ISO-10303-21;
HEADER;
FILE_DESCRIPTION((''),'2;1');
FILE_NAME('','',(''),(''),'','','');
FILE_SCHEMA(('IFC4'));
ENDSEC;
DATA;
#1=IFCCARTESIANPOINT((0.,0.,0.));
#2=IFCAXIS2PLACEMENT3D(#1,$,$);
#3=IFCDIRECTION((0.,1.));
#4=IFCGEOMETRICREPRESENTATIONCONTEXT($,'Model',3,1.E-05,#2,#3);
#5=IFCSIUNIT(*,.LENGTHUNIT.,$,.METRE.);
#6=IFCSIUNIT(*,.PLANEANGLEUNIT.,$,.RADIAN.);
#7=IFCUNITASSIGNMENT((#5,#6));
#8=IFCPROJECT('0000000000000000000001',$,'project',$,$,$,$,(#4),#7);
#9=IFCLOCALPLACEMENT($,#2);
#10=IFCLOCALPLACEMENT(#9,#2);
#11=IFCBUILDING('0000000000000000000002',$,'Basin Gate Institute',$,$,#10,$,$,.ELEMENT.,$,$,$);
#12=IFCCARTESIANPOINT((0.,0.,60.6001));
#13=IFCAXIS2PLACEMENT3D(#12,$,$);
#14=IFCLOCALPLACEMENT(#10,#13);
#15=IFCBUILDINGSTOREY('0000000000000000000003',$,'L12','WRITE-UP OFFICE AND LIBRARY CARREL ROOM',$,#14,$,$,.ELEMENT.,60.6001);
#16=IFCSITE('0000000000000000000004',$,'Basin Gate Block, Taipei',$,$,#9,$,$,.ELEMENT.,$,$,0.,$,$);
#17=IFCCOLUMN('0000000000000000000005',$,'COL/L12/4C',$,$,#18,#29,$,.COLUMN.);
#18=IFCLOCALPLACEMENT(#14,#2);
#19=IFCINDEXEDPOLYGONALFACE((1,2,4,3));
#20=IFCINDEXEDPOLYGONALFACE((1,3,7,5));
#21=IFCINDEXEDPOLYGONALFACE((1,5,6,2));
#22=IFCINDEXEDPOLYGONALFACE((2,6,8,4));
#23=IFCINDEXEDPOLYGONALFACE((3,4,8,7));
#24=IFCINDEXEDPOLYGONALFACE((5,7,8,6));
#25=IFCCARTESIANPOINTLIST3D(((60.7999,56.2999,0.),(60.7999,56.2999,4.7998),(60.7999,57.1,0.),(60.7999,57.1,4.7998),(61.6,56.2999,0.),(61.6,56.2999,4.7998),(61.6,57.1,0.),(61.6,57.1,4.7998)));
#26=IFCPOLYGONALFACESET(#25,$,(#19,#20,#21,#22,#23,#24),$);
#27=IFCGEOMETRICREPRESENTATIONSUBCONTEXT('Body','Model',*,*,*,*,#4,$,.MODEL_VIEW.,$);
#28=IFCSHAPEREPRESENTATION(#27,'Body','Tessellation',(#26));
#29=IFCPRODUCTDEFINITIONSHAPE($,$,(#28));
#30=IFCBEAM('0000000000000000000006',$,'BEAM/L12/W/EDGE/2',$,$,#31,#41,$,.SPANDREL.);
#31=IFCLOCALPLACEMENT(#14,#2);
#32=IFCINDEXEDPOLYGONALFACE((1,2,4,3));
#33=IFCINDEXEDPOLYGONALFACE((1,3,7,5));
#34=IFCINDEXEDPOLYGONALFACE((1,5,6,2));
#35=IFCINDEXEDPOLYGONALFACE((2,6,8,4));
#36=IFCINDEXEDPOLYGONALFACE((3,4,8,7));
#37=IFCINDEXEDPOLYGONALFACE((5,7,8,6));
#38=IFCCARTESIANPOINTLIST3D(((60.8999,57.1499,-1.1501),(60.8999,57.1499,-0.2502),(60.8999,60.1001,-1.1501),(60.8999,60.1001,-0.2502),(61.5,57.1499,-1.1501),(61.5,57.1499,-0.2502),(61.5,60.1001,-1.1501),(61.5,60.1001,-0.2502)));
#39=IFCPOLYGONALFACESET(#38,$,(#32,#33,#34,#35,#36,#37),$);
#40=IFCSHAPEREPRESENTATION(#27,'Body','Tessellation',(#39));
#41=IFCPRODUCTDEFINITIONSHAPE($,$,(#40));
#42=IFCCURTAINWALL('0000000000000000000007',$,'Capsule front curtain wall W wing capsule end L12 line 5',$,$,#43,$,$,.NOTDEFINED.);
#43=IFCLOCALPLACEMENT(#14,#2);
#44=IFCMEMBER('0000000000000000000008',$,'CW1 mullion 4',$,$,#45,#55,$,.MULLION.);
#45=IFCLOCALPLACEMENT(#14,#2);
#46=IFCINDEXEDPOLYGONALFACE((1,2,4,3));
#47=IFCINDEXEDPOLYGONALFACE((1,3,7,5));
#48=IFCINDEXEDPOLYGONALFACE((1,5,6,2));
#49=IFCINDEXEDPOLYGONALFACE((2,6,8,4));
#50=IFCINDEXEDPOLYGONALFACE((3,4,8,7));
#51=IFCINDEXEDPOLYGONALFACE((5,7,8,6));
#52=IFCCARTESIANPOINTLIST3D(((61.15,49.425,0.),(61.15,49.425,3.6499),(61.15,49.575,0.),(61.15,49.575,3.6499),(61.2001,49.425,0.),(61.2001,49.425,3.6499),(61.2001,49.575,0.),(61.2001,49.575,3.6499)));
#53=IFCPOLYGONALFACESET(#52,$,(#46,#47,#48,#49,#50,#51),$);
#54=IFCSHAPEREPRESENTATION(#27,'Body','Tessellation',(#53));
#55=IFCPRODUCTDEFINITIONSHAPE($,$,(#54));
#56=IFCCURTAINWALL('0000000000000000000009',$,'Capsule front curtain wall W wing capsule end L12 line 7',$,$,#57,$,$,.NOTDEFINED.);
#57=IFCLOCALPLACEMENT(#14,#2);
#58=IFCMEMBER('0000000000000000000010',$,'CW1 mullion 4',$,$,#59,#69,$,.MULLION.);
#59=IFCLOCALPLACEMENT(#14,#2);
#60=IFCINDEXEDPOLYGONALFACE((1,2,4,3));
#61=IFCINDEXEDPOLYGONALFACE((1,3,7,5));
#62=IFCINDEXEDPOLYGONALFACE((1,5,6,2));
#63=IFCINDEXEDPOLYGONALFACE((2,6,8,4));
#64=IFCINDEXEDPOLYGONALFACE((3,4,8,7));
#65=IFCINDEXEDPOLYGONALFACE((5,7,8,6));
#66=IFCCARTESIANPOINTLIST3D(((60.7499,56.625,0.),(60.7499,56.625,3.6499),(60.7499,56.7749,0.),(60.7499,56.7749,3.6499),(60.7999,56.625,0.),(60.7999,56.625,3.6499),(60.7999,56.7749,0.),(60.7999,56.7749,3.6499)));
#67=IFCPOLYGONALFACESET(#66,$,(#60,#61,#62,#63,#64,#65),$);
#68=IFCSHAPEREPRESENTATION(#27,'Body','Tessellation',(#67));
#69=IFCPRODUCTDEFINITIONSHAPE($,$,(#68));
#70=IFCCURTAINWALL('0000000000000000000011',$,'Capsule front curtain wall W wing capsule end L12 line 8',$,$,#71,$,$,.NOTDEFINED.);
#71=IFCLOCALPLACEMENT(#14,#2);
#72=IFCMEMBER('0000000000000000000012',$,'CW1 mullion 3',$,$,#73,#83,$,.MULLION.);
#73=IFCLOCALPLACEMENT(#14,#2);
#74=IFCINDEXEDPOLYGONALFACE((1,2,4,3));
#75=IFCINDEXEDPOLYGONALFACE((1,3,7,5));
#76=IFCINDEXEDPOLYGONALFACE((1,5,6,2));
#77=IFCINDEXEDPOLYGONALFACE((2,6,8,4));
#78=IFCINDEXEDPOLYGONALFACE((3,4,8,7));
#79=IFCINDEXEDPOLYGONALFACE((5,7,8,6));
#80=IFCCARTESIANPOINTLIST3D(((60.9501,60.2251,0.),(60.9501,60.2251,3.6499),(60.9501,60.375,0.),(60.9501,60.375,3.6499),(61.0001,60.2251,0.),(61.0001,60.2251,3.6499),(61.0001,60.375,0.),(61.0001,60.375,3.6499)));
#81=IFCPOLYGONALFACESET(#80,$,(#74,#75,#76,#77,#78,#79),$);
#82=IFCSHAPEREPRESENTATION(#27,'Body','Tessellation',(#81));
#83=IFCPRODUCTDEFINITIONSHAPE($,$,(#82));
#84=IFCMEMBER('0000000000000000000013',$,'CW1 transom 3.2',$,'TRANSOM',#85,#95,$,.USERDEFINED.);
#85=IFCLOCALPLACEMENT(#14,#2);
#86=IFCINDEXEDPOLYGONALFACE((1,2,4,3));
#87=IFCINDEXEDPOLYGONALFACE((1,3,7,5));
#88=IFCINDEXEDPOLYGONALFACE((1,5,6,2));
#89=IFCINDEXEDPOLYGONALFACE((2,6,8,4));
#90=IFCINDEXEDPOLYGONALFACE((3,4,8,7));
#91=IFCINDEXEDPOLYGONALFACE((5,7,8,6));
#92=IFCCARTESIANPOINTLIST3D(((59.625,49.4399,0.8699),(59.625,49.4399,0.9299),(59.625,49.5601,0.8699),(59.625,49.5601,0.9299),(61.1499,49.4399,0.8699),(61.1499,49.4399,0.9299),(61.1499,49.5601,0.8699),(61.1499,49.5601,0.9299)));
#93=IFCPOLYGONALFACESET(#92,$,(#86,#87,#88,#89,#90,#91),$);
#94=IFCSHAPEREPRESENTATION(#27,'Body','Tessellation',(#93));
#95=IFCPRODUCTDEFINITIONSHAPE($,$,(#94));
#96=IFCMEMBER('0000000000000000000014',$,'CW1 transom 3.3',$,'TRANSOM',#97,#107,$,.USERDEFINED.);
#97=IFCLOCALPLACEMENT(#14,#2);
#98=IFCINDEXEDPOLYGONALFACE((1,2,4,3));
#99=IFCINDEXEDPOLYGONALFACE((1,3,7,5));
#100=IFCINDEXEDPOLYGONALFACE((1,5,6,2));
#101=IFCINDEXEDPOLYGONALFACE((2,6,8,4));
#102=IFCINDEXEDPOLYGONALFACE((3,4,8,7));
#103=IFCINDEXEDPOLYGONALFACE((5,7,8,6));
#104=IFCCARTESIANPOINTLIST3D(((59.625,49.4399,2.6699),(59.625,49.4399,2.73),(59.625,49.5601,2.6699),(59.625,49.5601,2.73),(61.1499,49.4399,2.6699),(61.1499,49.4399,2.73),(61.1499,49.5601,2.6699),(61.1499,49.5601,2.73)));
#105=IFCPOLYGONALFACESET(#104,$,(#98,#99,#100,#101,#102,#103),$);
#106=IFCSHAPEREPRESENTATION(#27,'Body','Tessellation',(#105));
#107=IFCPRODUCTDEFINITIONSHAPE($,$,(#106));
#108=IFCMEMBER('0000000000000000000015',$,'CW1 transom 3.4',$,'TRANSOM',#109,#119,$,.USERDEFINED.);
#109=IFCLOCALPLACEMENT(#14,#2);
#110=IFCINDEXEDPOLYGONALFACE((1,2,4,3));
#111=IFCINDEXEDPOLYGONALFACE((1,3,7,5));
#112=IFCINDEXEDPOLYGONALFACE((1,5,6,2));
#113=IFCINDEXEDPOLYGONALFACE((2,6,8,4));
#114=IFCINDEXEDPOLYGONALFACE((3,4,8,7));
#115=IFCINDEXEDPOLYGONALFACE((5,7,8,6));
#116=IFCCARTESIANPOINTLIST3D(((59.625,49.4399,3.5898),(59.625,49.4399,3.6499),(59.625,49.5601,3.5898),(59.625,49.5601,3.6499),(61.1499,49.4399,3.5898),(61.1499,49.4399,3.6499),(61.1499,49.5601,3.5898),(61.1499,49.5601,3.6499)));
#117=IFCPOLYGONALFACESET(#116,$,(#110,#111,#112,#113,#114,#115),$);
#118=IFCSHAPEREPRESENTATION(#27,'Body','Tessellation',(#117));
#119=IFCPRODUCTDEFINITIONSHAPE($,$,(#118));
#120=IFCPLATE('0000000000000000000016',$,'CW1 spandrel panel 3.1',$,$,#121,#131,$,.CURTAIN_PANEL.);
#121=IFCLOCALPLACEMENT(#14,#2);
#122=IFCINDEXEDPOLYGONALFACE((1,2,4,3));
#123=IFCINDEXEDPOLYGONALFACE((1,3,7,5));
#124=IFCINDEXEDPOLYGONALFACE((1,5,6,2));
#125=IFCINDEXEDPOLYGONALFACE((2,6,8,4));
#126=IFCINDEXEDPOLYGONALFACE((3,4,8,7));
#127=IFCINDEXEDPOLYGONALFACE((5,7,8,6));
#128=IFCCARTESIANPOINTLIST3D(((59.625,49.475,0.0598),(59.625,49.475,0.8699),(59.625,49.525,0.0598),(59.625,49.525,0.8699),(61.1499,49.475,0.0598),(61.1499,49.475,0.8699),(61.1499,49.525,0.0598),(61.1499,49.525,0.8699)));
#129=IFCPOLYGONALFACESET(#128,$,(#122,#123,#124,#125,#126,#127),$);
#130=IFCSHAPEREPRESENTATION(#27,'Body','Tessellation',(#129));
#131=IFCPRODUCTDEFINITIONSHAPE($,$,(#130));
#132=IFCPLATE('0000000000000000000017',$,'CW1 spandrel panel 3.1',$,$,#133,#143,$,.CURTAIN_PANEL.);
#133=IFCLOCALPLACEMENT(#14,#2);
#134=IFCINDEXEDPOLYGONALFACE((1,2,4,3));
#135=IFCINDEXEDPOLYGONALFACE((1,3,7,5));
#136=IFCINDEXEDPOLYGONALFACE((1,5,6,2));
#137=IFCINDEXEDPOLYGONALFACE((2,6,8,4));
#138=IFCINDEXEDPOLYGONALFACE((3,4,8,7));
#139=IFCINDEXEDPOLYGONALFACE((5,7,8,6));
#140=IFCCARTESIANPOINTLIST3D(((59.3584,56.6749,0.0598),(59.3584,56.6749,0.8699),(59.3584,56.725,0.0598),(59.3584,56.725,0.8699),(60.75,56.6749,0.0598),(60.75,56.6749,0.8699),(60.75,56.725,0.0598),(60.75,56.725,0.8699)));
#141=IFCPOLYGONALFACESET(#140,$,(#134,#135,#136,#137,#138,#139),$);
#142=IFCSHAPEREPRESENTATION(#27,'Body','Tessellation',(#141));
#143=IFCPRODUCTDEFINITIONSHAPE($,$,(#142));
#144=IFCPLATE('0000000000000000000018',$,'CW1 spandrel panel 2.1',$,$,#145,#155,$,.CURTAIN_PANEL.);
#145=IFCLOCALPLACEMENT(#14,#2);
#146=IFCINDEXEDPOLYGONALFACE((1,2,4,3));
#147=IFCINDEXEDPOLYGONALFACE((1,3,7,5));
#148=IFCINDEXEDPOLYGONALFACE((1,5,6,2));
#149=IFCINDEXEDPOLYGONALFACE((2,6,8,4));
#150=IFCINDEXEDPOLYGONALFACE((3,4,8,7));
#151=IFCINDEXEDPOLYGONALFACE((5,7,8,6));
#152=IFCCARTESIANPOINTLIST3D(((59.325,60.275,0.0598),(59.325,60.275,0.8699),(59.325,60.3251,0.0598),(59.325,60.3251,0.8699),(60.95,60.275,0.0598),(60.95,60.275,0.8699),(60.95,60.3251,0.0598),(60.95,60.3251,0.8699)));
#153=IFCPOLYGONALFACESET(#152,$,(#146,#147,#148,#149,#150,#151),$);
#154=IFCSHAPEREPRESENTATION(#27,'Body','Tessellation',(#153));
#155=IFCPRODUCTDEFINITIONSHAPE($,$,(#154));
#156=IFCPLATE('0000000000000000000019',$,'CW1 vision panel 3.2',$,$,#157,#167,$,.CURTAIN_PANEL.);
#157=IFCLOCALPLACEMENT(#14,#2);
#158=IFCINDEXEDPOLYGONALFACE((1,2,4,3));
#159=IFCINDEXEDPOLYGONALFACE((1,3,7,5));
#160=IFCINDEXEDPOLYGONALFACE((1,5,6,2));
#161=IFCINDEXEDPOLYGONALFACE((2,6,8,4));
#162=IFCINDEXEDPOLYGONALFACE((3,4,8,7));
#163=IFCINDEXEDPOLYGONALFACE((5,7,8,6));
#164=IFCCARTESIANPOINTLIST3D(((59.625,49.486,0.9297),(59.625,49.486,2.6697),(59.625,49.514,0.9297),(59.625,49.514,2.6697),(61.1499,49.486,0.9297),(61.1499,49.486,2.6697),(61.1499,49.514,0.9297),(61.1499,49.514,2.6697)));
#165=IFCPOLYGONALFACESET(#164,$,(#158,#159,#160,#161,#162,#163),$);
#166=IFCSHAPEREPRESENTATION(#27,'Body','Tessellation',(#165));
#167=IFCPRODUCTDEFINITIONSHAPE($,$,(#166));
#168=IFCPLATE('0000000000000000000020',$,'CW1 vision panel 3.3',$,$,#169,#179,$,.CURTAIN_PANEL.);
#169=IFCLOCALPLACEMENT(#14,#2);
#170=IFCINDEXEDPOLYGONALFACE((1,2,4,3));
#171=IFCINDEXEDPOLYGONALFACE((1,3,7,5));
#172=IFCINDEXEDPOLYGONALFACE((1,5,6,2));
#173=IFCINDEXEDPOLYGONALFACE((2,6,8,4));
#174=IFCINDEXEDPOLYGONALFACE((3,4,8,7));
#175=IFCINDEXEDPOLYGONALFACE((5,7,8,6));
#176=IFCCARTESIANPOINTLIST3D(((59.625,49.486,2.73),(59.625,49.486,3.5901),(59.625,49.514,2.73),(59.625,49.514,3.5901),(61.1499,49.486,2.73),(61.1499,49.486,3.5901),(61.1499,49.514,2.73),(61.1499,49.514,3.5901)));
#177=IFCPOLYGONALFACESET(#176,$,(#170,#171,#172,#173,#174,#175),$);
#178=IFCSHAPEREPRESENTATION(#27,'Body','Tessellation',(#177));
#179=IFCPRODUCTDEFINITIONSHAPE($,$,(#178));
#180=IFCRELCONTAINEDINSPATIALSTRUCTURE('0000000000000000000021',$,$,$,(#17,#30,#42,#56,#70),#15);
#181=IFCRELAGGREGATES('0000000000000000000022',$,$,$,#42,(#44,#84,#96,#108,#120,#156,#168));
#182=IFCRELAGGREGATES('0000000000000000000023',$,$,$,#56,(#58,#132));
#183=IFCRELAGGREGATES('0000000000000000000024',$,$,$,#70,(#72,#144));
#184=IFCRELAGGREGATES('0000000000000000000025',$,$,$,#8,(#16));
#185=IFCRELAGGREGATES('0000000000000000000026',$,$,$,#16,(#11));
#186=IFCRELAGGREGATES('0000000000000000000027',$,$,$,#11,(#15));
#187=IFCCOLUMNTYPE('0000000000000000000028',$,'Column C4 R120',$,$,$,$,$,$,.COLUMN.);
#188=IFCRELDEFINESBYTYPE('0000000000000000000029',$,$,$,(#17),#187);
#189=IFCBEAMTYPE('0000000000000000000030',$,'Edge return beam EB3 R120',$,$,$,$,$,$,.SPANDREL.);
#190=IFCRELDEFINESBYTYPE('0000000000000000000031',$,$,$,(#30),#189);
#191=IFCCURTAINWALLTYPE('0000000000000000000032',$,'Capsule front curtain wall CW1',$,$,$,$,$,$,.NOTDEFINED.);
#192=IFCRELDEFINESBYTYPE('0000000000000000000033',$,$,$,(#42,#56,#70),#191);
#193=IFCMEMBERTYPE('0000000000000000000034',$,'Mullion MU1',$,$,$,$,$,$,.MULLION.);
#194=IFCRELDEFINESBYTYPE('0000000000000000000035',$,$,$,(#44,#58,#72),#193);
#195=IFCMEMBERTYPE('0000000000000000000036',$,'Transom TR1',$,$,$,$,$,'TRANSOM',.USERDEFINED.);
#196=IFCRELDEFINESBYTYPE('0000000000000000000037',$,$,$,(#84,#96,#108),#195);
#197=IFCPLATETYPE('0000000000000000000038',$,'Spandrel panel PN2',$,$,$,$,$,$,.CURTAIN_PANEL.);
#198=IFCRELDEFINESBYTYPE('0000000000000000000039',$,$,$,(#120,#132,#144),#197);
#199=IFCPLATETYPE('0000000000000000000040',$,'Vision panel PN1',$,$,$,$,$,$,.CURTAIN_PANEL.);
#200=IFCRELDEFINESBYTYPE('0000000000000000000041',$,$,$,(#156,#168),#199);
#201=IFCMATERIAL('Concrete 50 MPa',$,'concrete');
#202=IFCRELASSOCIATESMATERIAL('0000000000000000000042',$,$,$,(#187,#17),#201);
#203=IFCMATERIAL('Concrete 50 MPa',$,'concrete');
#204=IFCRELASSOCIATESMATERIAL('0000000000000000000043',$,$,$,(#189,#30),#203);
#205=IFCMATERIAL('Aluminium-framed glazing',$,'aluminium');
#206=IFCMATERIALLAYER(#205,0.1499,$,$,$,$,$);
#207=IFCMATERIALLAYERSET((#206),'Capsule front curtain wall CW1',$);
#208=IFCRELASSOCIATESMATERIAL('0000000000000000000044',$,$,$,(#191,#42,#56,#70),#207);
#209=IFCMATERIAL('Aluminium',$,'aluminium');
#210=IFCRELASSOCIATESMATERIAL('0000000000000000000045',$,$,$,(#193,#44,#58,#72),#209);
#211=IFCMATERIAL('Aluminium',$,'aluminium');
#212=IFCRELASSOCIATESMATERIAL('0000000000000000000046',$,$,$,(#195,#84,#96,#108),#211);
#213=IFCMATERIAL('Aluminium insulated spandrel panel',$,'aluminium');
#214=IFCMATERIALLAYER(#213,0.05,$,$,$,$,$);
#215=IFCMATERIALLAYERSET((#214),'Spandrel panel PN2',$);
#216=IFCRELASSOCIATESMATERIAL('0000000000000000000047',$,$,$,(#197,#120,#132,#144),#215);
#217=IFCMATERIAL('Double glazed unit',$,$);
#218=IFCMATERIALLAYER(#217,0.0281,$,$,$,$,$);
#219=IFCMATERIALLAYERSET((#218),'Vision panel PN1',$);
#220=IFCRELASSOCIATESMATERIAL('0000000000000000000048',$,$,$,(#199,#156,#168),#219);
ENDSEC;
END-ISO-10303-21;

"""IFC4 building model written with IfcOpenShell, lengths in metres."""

from ifc_helpers import new_model, si_unit, direction, frame, origin, origin_2d, place, context, subcontext, project, spatial, rectangle, extrude, material, layer, layer_set, material_profile, profile_set, type_object, element, aggregate, save


model = new_model("IFC4")

# Units and contexts
model_context = context("Model", 3, precision=1e-05, world=origin(), true_north=direction((0.0, 1.0)))
body_context = subcontext(model_context, "Body", "Model", "MODEL_VIEW")
ifc_project = project(units=[si_unit("LENGTHUNIT", "METRE"), si_unit("PLANEANGLEUNIT", "RADIAN")], contexts=[model_context])

# Site, building, storey
site_placement = place(None, origin())
site = spatial("IfcSite", under=ifc_project, at=site_placement, Name="Basin Gate Block, Taipei", CompositionType="ELEMENT", RefElevation=0.0)
building_placement = place(site_placement, origin())
building = spatial("IfcBuilding", under=site, at=building_placement, Name="Basin Gate Institute", CompositionType="ELEMENT")
storey_placement = place(building_placement, frame((0.0, 0.0, 60.6001)))
storey = spatial("IfcBuildingStorey", under=building, at=storey_placement, Name="L12", Description="WRITE-UP OFFICE AND LIBRARY CARREL ROOM", CompositionType="ELEMENT", Elevation=60.6001)

# Column
ifc_material_1 = material(Name="Concrete 50 MPa", Category="concrete")
ifc_material_profile_1 = material_profile(ifc_material_1, rectangle(XDim=0.8, YDim=0.8, at=origin_2d()), Name="Column C4 800 x 800")
ifc_profile_set_1 = profile_set([ifc_material_profile_1], Name="Concrete 50 MPa")
column_type = type_object("IfcColumnType", Name="Column C4 R120", PredefinedType="COLUMN", material=ifc_profile_set_1)
column_placement = place(storey_placement, frame((61.2, 56.7, 0.0), z_axis=(0.0, 0.0, 1.0), x_axis=(1.0, 0.0, 0.0)))
element("IfcColumn", 1, at=column_placement, inside=storey, type_object=column_type, material=ifc_profile_set_1, Name="COL/L12/4C", PredefinedType="COLUMN", context=body_context, shape_type="SweptSolid", body=[
    extrude(rectangle(XDim=0.8, YDim=0.8, at=origin_2d()), origin(), (0.0, 0.0, 1.0), 4.7998),
])

# Beam
ifc_material_2 = material(Name="Concrete 50 MPa", Category="concrete")
ifc_material_profile_2 = material_profile(ifc_material_2, rectangle(XDim=0.6001, YDim=0.8999, at=origin_2d()), Name="Edge return beam EB3 600 x 900")
ifc_profile_set_2 = profile_set([ifc_material_profile_2], Name="Concrete 50 MPa")
beam_type = type_object("IfcBeamType", Name="Edge return beam EB3 R120", PredefinedType="SPANDREL", material=ifc_profile_set_2)
beam_placement = place(storey_placement, frame((61.2, 57.1499, -0.7002), z_axis=(0.0, 1.0, 0.0), x_axis=(-1.0, 0.0, 0.0)))
element("IfcBeam", 2, at=beam_placement, inside=storey, type_object=beam_type, material=ifc_profile_set_2, Name="BEAM/L12/W/EDGE/2", PredefinedType="SPANDREL", context=body_context, shape_type="SweptSolid", body=[
    extrude(rectangle(XDim=0.6001, YDim=0.8999, at=origin_2d()), origin(), (0.0, 0.0, 1.0), 2.9502),
])

# Curtain walls, members
ifc_material_3 = material(Name="Aluminium-framed glazing", Category="aluminium")
ifc_layer_1 = layer(ifc_material_3, 0.1499)
ifc_layer_set_1 = layer_set([ifc_layer_1], Name="Capsule front curtain wall CW1")
curtain_wall_type = type_object("IfcCurtainWallType", Name="Capsule front curtain wall CW1", PredefinedType="NOTDEFINED", material=ifc_layer_set_1)
curtain_wall_1_placement = place(storey_placement, origin())
curtain_wall_1 = element("IfcCurtainWall", 3, at=curtain_wall_1_placement, inside=storey, type_object=curtain_wall_type, material=ifc_layer_set_1, Name="Capsule front curtain wall W wing capsule end L12 line 5", PredefinedType="NOTDEFINED")
ifc_material_4 = material(Name="Aluminium", Category="aluminium")
ifc_material_profile_3 = material_profile(ifc_material_4, rectangle(XDim=0.1499, YDim=0.05, at=origin_2d()), Name="Mullion MU1 150 x 50")
ifc_profile_set_3 = profile_set([ifc_material_profile_3], Name="Aluminium")
member_type_1 = type_object("IfcMemberType", Name="Mullion MU1", PredefinedType="MULLION", material=ifc_profile_set_3)
member_1_placement = place(storey_placement, frame((61.175, 49.5, 0.0), z_axis=(0.0, 0.0, 1.0), x_axis=(0.0, 1.0, 0.0)))
member_1 = element("IfcMember", 4, at=member_1_placement, type_object=member_type_1, material=ifc_profile_set_3, Name="CW1 mullion 4", PredefinedType="MULLION", context=body_context, shape_type="SweptSolid", body=[
    extrude(rectangle(XDim=0.1499, YDim=0.05, at=origin_2d()), origin(), (0.0, 0.0, 1.0), 3.6499),
])
curtain_wall_2_placement = place(storey_placement, origin())
curtain_wall_2 = element("IfcCurtainWall", 5, at=curtain_wall_2_placement, inside=storey, type_object=curtain_wall_type, material=ifc_layer_set_1, Name="Capsule front curtain wall W wing capsule end L12 line 7", PredefinedType="NOTDEFINED")
member_2_placement = place(storey_placement, frame((60.7749, 56.7, 0.0), z_axis=(0.0, 0.0, 1.0), x_axis=(0.0, 1.0, 0.0)))
member_2 = element("IfcMember", 6, at=member_2_placement, type_object=member_type_1, material=ifc_profile_set_3, Name="CW1 mullion 4", PredefinedType="MULLION", context=body_context, shape_type="SweptSolid", body=[
    extrude(rectangle(XDim=0.1499, YDim=0.05, at=origin_2d()), origin(), (0.0, 0.0, 1.0), 3.6499),
])
curtain_wall_3_placement = place(storey_placement, origin())
curtain_wall_3 = element("IfcCurtainWall", 7, at=curtain_wall_3_placement, inside=storey, type_object=curtain_wall_type, material=ifc_layer_set_1, Name="Capsule front curtain wall W wing capsule end L12 line 8", PredefinedType="NOTDEFINED")
member_3_placement = place(storey_placement, frame((60.9751, 60.3, 0.0), z_axis=(0.0, 0.0, 1.0), x_axis=(0.0, 1.0, 0.0)))
member_3 = element("IfcMember", 8, at=member_3_placement, type_object=member_type_1, material=ifc_profile_set_3, Name="CW1 mullion 3", PredefinedType="MULLION", context=body_context, shape_type="SweptSolid", body=[
    extrude(rectangle(XDim=0.1499, YDim=0.05, at=origin_2d()), origin(), (0.0, 0.0, 1.0), 3.6499),
])

# Members
ifc_material_5 = material(Name="Aluminium", Category="aluminium")
ifc_material_profile_4 = material_profile(ifc_material_5, rectangle(XDim=0.1201, YDim=0.0601, at=origin_2d()), Name="Transom TR1 120 x 60")
ifc_profile_set_4 = profile_set([ifc_material_profile_4], Name="Aluminium")
member_type_2 = type_object("IfcMemberType", Name="Transom TR1", ElementType="TRANSOM", PredefinedType="USERDEFINED", material=ifc_profile_set_4)
member_4_placement = place(storey_placement, frame((59.625, 49.5, 0.8999), z_axis=(1.0, 0.0, 0.0), x_axis=(0.0, 1.0, 0.0)))
member_4 = element("IfcMember", 9, at=member_4_placement, type_object=member_type_2, material=ifc_profile_set_4, Name="CW1 transom 3.2", ObjectType="TRANSOM", PredefinedType="USERDEFINED", context=body_context, shape_type="SweptSolid", body=[
    extrude(rectangle(XDim=0.1201, YDim=0.0601, at=origin_2d()), origin(), (0.0, 0.0, 1.0), 1.5249),
])
member_5_placement = place(storey_placement, frame((59.625, 49.5, 2.7), z_axis=(1.0, 0.0, 0.0), x_axis=(0.0, 1.0, 0.0)))
member_5 = element("IfcMember", 10, at=member_5_placement, type_object=member_type_2, material=ifc_profile_set_4, Name="CW1 transom 3.3", ObjectType="TRANSOM", PredefinedType="USERDEFINED", context=body_context, shape_type="SweptSolid", body=[
    extrude(rectangle(XDim=0.1201, YDim=0.0601, at=origin_2d()), origin(), (0.0, 0.0, 1.0), 1.5249),
])
member_6_placement = place(storey_placement, frame((59.625, 49.5, 3.6199), z_axis=(1.0, 0.0, 0.0), x_axis=(0.0, 1.0, 0.0)))
member_6 = element("IfcMember", 11, at=member_6_placement, type_object=member_type_2, material=ifc_profile_set_4, Name="CW1 transom 3.4", ObjectType="TRANSOM", PredefinedType="USERDEFINED", context=body_context, shape_type="SweptSolid", body=[
    extrude(rectangle(XDim=0.1201, YDim=0.0601, at=origin_2d()), origin(), (0.0, 0.0, 1.0), 1.5249),
])

# Plates
ifc_material_6 = material(Name="Aluminium insulated spandrel panel", Category="aluminium")
ifc_layer_2 = layer(ifc_material_6, 0.05)
ifc_layer_set_2 = layer_set([ifc_layer_2], Name="Spandrel panel PN2")
plate_type_1 = type_object("IfcPlateType", Name="Spandrel panel PN2", PredefinedType="CURTAIN_PANEL", material=ifc_layer_set_2)
plate_1_placement = place(storey_placement, frame((60.3875, 49.5, 0.0598), z_axis=(0.0, 0.0, 1.0), x_axis=(1.0, 0.0, 0.0)))
plate_1 = element("IfcPlate", 12, at=plate_1_placement, type_object=plate_type_1, material=ifc_layer_set_2, Name="CW1 spandrel panel 3.1", PredefinedType="CURTAIN_PANEL", context=body_context, shape_type="SweptSolid", body=[
    extrude(rectangle(XDim=1.5249, YDim=0.05, at=origin_2d()), origin(), (0.0, 0.0, 1.0), 0.8101),
])
plate_2_placement = place(storey_placement, frame((60.0542, 56.7, 0.0598), z_axis=(0.0, 0.0, 1.0), x_axis=(1.0, 0.0, 0.0)))
plate_2 = element("IfcPlate", 13, at=plate_2_placement, type_object=plate_type_1, material=ifc_layer_set_2, Name="CW1 spandrel panel 3.1", PredefinedType="CURTAIN_PANEL", context=body_context, shape_type="SweptSolid", body=[
    extrude(rectangle(XDim=1.3916, YDim=0.05, at=origin_2d()), origin(), (0.0, 0.0, 1.0), 0.8101),
])
plate_3_placement = place(storey_placement, frame((60.1375, 60.3, 0.0598), z_axis=(0.0, 0.0, 1.0), x_axis=(1.0, 0.0, 0.0)))
plate_3 = element("IfcPlate", 14, at=plate_3_placement, type_object=plate_type_1, material=ifc_layer_set_2, Name="CW1 spandrel panel 2.1", PredefinedType="CURTAIN_PANEL", context=body_context, shape_type="SweptSolid", body=[
    extrude(rectangle(XDim=1.625, YDim=0.05, at=origin_2d()), origin(), (0.0, 0.0, 1.0), 0.8101),
])
ifc_material_7 = material(Name="Double glazed unit")
ifc_layer_3 = layer(ifc_material_7, 0.0281)
ifc_layer_set_3 = layer_set([ifc_layer_3], Name="Vision panel PN1")
plate_type_2 = type_object("IfcPlateType", Name="Vision panel PN1", PredefinedType="CURTAIN_PANEL", material=ifc_layer_set_3)
plate_4_placement = place(storey_placement, frame((60.3875, 49.5, 0.9297), z_axis=(0.0, 0.0, 1.0), x_axis=(1.0, 0.0, 0.0)))
plate_4 = element("IfcPlate", 15, at=plate_4_placement, type_object=plate_type_2, material=ifc_layer_set_3, Name="CW1 vision panel 3.2", PredefinedType="CURTAIN_PANEL", context=body_context, shape_type="SweptSolid", body=[
    extrude(rectangle(XDim=1.5249, YDim=0.0281, at=origin_2d()), origin(), (0.0, 0.0, 1.0), 1.74),
])
plate_5_placement = place(storey_placement, frame((60.3875, 49.5, 2.73), z_axis=(0.0, 0.0, 1.0), x_axis=(1.0, 0.0, 0.0)))
plate_5 = element("IfcPlate", 16, at=plate_5_placement, type_object=plate_type_2, material=ifc_layer_set_3, Name="CW1 vision panel 3.3", PredefinedType="CURTAIN_PANEL", context=body_context, shape_type="SweptSolid", body=[
    extrude(rectangle(XDim=1.5249, YDim=0.0281, at=origin_2d()), origin(), (0.0, 0.0, 1.0), 0.8601),
])
aggregate(curtain_wall_1, [member_1, member_4, member_5, member_6, plate_1, plate_4, plate_5])
aggregate(curtain_wall_2, [member_2, plate_2])
aggregate(curtain_wall_3, [member_3, plate_3])

save(model, "model.ifc")
